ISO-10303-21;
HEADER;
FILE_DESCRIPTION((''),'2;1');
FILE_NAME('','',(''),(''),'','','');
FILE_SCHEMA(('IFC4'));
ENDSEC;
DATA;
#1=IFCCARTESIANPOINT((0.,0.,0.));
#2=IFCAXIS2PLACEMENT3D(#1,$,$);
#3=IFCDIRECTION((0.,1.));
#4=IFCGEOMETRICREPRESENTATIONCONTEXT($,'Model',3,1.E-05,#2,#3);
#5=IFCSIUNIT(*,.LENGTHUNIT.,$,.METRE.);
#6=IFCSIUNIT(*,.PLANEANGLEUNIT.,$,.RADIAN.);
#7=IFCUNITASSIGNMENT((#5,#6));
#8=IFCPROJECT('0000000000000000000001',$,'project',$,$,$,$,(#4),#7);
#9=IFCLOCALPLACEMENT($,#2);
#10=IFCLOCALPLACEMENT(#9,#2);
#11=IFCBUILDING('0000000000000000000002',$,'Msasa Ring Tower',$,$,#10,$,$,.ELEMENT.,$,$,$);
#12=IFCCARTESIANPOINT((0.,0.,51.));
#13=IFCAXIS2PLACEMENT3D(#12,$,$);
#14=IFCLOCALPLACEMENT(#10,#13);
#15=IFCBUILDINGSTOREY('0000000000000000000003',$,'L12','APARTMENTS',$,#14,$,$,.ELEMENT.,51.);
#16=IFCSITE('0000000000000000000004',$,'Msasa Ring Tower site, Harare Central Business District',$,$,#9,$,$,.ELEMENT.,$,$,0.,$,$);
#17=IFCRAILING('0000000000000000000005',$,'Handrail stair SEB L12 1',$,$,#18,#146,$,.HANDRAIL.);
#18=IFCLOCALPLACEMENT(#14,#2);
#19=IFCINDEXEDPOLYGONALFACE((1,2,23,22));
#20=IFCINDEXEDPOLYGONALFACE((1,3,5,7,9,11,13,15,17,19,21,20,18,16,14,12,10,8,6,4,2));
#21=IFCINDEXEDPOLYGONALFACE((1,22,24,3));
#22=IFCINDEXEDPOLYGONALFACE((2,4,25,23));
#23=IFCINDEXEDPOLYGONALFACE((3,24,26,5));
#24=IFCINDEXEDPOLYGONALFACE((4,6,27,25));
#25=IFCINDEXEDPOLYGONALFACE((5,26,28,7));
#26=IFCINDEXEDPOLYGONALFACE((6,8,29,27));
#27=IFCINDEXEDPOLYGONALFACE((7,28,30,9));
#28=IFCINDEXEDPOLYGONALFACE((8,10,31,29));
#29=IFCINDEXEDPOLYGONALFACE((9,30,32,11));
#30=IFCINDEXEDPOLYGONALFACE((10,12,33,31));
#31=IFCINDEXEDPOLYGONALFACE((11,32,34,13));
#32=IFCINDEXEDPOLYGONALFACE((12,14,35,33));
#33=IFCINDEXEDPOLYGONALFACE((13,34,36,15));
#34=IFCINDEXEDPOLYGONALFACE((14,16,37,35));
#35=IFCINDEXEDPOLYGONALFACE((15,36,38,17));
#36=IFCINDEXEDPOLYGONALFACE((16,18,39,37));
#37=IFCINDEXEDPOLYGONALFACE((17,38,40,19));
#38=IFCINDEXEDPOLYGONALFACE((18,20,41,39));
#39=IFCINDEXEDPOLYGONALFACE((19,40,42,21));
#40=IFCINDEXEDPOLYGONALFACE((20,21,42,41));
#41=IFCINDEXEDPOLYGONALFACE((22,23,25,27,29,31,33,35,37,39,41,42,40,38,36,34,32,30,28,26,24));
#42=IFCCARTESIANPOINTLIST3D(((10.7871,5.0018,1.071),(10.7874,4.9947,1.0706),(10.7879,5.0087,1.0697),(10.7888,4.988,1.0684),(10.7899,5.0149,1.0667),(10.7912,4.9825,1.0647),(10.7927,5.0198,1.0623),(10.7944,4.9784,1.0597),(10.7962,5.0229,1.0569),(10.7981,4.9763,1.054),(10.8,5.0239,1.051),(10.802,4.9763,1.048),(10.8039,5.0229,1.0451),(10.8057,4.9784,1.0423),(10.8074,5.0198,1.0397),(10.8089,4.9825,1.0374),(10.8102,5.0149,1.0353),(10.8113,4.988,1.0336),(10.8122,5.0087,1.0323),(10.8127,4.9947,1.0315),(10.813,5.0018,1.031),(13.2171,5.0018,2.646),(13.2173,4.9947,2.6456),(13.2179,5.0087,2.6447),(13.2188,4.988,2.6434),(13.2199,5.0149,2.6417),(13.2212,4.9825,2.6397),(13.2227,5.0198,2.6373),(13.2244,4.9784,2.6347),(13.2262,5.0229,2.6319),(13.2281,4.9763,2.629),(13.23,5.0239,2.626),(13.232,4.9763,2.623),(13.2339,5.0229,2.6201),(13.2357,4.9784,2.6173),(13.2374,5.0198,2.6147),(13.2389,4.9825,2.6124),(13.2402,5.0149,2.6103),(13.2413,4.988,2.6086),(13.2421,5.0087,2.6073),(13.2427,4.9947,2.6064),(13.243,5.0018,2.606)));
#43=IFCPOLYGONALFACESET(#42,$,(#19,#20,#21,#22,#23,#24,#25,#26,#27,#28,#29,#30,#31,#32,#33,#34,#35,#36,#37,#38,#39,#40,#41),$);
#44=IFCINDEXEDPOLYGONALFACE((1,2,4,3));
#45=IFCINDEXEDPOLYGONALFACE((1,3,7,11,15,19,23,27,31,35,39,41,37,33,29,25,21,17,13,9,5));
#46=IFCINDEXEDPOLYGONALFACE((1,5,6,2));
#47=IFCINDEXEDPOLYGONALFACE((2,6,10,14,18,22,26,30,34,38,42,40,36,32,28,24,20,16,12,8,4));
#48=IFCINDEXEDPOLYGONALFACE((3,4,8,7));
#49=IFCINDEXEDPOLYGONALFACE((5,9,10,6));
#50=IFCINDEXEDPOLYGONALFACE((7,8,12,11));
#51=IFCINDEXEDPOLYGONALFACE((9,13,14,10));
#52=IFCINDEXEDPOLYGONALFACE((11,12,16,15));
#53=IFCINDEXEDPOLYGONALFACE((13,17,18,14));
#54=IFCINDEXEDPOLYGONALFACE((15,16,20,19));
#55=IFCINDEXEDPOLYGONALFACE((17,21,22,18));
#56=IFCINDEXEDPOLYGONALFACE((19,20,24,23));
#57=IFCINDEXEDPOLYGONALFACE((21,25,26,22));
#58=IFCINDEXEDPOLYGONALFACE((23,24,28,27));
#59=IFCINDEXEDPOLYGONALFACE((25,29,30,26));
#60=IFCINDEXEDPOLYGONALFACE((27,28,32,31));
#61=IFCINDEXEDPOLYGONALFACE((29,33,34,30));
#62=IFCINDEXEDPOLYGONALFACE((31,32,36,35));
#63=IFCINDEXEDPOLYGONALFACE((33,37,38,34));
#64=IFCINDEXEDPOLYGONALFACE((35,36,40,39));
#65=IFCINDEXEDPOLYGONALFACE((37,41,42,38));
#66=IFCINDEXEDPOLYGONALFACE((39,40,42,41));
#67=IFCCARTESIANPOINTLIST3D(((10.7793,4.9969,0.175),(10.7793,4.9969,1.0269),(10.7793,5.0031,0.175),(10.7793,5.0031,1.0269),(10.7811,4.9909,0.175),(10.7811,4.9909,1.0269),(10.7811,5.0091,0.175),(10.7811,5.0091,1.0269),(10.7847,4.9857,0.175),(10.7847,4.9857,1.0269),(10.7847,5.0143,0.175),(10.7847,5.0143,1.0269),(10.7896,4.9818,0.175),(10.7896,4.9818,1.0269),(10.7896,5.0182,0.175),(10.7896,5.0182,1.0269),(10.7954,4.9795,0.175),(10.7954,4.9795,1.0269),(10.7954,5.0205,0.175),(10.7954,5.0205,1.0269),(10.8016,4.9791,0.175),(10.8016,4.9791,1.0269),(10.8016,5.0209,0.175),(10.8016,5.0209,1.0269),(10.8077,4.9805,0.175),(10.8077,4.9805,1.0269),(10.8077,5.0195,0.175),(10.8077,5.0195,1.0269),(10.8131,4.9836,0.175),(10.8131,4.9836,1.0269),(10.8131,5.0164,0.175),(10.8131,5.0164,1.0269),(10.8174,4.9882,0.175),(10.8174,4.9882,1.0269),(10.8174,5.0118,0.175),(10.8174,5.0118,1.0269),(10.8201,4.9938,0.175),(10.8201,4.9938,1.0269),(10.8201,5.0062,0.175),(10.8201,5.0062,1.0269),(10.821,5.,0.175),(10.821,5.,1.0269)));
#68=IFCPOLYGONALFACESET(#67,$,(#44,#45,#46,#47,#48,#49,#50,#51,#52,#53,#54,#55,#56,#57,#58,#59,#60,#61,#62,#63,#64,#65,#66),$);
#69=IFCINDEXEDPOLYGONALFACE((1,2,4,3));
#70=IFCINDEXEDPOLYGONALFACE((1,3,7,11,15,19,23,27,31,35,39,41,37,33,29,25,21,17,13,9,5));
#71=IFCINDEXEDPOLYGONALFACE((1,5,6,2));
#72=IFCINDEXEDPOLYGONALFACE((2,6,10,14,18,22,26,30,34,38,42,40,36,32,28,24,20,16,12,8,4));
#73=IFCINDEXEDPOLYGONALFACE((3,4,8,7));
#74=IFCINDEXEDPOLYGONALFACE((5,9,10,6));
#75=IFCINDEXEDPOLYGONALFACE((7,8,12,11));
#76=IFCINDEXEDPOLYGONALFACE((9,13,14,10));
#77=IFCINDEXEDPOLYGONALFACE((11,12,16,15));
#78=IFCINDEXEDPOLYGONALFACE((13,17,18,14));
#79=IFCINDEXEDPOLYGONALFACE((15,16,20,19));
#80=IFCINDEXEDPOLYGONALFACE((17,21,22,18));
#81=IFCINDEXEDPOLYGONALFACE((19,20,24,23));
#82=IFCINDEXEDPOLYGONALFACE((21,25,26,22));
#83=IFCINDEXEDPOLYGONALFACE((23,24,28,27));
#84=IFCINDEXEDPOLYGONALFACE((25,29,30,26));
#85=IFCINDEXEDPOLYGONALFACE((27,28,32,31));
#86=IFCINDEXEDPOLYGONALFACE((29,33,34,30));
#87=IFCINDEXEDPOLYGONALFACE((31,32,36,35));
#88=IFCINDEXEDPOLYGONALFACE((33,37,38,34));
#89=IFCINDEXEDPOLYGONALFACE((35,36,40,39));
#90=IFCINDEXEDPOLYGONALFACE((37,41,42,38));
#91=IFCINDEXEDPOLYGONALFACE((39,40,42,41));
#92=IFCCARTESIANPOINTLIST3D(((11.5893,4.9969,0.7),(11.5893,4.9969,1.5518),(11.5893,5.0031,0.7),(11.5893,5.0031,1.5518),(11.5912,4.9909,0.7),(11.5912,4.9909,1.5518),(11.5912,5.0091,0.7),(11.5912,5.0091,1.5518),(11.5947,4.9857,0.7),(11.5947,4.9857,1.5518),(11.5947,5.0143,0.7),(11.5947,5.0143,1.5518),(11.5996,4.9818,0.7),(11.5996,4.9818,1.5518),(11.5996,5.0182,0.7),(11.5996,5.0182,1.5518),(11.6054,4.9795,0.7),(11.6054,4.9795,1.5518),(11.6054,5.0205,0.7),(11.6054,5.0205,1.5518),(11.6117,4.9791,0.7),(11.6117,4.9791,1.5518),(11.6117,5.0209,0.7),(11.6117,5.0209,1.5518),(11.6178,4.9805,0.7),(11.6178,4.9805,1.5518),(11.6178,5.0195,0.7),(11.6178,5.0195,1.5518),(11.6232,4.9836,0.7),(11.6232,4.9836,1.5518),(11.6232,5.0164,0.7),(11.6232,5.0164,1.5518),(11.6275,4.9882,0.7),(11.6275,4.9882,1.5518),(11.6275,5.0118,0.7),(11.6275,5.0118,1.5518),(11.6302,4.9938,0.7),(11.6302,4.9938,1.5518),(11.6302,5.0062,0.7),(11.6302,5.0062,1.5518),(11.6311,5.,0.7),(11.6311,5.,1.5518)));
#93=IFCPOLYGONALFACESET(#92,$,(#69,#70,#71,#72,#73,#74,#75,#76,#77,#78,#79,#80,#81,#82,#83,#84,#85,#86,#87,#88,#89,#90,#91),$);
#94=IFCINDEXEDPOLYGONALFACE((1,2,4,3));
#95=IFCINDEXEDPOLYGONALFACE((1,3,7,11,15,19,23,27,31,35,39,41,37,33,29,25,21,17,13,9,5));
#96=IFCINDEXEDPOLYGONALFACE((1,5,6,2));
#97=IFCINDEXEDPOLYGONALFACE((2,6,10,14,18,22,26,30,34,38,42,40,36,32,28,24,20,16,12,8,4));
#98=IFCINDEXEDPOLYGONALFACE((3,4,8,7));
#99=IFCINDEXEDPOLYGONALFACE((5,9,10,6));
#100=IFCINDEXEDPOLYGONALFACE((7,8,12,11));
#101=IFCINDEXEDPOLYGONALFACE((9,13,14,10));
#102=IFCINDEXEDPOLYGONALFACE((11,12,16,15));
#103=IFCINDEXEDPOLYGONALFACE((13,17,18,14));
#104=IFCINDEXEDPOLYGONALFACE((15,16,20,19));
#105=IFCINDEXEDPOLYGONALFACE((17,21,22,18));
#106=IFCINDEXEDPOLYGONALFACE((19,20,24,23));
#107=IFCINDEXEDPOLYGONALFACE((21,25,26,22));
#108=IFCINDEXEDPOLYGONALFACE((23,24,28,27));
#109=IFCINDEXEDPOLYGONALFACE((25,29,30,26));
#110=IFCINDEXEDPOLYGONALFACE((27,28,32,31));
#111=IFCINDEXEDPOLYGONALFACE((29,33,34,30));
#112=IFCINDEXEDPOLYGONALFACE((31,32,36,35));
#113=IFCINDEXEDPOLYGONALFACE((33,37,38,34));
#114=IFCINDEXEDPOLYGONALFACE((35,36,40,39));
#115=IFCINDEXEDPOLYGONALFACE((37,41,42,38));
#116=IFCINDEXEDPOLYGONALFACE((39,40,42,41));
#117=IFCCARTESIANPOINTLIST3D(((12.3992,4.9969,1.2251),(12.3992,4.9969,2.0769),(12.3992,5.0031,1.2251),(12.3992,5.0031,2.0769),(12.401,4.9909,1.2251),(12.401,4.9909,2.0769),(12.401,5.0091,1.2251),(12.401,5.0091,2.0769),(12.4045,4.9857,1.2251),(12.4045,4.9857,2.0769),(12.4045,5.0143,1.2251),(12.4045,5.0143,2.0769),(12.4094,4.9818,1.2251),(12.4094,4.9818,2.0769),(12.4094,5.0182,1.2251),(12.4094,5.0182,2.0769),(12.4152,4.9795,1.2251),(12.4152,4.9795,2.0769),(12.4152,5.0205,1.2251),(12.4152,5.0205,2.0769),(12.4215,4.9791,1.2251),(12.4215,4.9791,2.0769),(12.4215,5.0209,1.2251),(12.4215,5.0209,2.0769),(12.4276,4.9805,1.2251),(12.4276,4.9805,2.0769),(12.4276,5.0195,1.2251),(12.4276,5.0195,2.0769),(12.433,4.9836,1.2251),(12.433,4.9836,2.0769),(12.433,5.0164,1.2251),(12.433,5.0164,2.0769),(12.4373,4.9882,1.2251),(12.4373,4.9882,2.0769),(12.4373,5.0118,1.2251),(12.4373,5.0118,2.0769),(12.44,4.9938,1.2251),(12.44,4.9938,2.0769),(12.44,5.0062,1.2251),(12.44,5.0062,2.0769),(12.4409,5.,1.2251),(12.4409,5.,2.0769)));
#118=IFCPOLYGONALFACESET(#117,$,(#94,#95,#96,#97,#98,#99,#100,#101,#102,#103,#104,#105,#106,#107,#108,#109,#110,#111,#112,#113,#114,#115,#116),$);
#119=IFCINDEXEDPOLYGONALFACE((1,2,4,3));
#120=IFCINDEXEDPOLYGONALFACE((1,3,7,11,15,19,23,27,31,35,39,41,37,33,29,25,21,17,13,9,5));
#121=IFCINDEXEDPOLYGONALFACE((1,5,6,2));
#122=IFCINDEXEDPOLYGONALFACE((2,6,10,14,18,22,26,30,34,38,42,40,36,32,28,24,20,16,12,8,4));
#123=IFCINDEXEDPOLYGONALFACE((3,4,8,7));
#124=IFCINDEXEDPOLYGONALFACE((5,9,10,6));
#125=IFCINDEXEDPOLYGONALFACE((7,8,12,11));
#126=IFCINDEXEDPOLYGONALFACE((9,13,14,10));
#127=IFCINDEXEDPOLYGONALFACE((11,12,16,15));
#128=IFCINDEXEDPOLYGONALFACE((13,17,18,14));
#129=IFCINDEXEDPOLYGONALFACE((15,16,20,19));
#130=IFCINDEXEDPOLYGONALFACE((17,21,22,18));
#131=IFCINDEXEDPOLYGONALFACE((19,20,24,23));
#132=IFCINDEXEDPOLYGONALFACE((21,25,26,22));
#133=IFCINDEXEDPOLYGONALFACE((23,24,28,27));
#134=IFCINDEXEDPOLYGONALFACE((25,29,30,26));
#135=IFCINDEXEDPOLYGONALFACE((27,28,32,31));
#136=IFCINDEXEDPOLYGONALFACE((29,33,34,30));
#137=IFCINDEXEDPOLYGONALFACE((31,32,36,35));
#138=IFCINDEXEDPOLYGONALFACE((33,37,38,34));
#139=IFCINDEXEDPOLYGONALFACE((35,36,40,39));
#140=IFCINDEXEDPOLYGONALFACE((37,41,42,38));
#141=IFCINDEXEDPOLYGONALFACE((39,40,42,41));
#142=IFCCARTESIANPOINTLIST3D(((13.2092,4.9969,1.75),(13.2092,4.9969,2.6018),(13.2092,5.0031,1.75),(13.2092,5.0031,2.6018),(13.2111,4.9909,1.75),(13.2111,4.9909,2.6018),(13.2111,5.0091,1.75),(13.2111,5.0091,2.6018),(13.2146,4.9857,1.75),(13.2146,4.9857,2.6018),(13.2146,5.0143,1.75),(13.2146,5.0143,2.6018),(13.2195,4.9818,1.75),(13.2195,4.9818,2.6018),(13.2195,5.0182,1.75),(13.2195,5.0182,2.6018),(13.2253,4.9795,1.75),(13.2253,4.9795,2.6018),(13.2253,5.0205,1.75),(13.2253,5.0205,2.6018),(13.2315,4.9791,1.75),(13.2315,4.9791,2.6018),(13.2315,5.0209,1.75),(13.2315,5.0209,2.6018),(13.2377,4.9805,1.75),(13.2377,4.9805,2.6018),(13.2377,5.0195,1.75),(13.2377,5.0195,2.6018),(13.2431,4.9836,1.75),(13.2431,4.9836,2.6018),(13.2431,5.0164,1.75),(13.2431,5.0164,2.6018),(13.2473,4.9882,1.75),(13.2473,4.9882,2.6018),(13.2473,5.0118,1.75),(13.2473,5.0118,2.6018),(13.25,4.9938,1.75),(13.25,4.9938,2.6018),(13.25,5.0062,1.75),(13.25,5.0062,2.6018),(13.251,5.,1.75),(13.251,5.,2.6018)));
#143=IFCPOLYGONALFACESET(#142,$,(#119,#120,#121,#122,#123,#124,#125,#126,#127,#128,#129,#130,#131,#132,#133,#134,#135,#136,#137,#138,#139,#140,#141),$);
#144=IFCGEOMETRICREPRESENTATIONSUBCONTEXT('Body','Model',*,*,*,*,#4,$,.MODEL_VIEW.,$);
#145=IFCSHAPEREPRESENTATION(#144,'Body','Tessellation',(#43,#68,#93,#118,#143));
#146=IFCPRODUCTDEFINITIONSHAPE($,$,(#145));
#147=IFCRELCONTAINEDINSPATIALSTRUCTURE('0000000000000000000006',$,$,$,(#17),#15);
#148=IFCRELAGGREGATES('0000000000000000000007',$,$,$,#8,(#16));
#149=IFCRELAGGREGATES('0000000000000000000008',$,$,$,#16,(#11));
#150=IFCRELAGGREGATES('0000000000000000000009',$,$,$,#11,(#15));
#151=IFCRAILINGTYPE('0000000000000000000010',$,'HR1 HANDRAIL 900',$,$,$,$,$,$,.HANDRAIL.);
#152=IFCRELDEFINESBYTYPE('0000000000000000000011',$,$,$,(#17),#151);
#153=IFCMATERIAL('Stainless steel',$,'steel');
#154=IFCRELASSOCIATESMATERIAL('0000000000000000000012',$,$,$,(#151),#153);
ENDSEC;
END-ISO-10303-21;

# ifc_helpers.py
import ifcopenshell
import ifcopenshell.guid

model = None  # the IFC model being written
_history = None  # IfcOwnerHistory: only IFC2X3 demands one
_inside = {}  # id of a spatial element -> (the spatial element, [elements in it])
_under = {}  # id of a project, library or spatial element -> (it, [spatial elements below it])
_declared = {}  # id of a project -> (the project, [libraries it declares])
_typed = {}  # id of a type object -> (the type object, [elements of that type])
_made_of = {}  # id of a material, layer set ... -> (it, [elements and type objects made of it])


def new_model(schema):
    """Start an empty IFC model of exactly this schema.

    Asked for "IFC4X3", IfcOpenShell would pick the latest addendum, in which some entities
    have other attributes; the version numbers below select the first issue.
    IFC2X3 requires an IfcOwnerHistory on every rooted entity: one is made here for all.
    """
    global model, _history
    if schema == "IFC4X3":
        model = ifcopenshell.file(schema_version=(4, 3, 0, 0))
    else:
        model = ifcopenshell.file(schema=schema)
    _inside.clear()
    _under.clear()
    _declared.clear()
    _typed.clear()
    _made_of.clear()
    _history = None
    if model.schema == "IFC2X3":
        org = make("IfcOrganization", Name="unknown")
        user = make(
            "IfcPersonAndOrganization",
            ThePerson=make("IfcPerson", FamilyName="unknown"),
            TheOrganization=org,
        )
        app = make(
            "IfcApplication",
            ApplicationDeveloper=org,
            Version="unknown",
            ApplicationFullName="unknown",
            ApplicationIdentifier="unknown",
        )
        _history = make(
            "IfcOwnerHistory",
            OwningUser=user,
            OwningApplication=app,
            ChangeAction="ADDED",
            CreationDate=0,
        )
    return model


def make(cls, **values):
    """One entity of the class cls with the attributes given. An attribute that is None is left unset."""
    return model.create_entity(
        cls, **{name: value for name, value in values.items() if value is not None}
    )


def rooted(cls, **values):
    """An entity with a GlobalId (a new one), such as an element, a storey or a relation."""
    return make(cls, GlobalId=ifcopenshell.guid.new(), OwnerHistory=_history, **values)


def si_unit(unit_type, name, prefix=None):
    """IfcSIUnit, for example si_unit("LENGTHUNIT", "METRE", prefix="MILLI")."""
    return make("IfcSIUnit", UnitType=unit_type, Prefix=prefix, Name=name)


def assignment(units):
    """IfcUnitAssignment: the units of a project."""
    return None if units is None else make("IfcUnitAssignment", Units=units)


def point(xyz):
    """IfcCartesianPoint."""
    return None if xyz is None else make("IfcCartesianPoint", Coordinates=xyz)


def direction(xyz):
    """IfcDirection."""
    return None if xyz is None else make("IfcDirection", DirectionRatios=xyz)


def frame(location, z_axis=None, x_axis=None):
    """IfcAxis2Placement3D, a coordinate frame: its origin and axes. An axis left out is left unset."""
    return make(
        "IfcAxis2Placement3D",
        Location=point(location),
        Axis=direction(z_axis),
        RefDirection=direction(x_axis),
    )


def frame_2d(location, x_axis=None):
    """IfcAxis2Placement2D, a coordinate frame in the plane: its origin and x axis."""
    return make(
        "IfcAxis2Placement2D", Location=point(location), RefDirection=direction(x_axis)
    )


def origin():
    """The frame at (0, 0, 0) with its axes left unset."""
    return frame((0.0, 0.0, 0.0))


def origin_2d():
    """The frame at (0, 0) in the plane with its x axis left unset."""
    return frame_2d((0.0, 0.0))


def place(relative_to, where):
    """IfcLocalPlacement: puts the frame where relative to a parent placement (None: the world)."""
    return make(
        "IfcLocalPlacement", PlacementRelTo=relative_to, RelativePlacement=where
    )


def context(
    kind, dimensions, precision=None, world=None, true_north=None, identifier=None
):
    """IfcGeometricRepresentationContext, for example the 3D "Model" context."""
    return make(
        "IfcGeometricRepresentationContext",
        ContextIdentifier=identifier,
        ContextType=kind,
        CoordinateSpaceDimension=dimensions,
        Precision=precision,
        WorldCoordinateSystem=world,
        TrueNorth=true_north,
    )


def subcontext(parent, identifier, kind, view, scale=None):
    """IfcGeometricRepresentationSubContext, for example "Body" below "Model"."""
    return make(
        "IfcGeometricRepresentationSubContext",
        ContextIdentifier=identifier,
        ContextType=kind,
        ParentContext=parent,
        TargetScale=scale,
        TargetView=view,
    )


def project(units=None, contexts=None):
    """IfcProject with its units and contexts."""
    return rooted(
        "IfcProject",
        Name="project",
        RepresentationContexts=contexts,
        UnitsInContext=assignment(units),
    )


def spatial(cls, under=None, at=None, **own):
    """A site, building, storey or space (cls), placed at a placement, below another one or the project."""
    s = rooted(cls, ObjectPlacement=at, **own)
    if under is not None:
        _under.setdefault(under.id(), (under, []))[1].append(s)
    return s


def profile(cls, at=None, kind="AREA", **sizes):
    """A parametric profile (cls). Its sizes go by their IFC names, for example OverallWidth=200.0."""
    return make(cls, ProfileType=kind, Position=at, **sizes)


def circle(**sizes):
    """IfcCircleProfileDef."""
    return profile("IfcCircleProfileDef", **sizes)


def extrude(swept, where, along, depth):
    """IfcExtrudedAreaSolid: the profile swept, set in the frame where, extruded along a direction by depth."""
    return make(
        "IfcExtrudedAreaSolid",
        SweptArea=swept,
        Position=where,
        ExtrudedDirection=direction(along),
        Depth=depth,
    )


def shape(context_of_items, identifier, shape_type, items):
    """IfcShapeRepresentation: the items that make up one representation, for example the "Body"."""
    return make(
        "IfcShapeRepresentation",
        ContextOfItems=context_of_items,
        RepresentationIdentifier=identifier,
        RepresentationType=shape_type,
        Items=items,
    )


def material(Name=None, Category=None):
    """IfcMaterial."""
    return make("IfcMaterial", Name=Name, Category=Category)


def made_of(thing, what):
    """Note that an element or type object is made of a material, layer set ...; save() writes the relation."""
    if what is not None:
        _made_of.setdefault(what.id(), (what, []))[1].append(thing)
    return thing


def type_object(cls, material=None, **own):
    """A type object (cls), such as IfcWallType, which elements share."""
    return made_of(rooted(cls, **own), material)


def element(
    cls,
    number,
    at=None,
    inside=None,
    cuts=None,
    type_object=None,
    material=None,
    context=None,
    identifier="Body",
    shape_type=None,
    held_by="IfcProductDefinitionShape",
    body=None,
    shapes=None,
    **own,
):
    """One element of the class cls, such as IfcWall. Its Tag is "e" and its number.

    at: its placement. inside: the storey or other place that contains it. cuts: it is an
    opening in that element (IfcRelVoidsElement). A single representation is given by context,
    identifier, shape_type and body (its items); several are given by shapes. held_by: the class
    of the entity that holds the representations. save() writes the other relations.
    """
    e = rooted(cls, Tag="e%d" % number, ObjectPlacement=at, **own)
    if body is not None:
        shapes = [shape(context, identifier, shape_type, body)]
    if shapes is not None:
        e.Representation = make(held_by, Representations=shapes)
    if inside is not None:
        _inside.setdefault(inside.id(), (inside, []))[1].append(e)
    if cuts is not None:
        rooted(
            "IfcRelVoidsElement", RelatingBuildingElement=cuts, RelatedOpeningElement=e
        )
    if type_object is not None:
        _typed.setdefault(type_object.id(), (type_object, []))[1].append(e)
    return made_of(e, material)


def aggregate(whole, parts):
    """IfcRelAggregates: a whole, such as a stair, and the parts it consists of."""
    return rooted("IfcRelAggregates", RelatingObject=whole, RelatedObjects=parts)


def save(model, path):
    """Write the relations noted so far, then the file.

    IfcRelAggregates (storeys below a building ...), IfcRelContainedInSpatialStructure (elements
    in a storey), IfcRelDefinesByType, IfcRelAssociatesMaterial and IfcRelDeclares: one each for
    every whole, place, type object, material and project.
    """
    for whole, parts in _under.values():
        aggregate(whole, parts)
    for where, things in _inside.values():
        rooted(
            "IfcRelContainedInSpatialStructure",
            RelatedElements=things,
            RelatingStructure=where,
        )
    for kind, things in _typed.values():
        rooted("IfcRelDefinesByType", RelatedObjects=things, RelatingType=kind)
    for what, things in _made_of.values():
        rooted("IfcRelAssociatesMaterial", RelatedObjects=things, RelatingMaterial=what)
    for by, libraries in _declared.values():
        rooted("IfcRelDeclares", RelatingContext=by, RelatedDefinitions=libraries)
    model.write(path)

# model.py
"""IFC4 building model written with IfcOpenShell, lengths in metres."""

from ifc_helpers import new_model, si_unit, direction, frame, origin, origin_2d, place, context, subcontext, project, spatial, circle, extrude, material, type_object, element, save


model = new_model("IFC4")

# Units and contexts
model_context = context("Model", 3, precision=1e-05, world=origin(), true_north=direction((0.0, 1.0)))
body_context = subcontext(model_context, "Body", "Model", "MODEL_VIEW")
ifc_project = project(units=[si_unit("LENGTHUNIT", "METRE"), si_unit("PLANEANGLEUNIT", "RADIAN")], contexts=[model_context])

# Site, building, storey
site_placement = place(None, origin())
site = spatial("IfcSite", under=ifc_project, at=site_placement, Name="Msasa Ring Tower site, Harare Central Business District", CompositionType="ELEMENT", RefElevation=0.0)
building_placement = place(site_placement, origin())
building = spatial("IfcBuilding", under=site, at=building_placement, Name="Msasa Ring Tower", CompositionType="ELEMENT")
storey_placement = place(building_placement, frame((0.0, 0.0, 51.0)))
storey = spatial("IfcBuildingStorey", under=building, at=storey_placement, Name="L12", Description="APARTMENTS", CompositionType="ELEMENT", Elevation=51.0)

# Railing
ifc_material_1 = material(Name="Stainless steel", Category="steel")
railing_type = type_object("IfcRailingType", Name="HR1 HANDRAIL 900", PredefinedType="HANDRAIL", material=ifc_material_1)
for number, where, name in (
    (1, (10.8, 5.0, 0.175), "Handrail stair SEB L12 1"),
):
    element("IfcRailing", number, at=place(storey_placement, frame(where)), inside=storey, type_object=railing_type, Name=name, PredefinedType="HANDRAIL", context=body_context, shape_type="SweptSolid", body=[
        extrude(circle(Radius=0.0239, at=origin_2d()), frame((0.0, 0.0, 0.876), z_axis=(0.839154, 0.0, 0.543894), x_axis=(0.0, 1.0, 0.0)), (0.0, 0.0, 1.0), 2.8958),
        extrude(circle(Radius=0.021, at=origin_2d()), origin(), (0.0, 0.0, 1.0), 0.8518),
        extrude(circle(Radius=0.021, at=origin_2d()), frame((0.8101, 0.0, 0.5249)), (0.0, 0.0, 1.0), 0.8518),
        extrude(circle(Radius=0.021, at=origin_2d()), frame((1.6199, 0.0, 1.05)), (0.0, 0.0, 1.0), 0.8518),
        extrude(circle(Radius=0.021, at=origin_2d()), frame((2.4299, 0.0, 1.575)), (0.0, 0.0, 1.0), 0.8518),
    ])

save(model, "model.ifc")
